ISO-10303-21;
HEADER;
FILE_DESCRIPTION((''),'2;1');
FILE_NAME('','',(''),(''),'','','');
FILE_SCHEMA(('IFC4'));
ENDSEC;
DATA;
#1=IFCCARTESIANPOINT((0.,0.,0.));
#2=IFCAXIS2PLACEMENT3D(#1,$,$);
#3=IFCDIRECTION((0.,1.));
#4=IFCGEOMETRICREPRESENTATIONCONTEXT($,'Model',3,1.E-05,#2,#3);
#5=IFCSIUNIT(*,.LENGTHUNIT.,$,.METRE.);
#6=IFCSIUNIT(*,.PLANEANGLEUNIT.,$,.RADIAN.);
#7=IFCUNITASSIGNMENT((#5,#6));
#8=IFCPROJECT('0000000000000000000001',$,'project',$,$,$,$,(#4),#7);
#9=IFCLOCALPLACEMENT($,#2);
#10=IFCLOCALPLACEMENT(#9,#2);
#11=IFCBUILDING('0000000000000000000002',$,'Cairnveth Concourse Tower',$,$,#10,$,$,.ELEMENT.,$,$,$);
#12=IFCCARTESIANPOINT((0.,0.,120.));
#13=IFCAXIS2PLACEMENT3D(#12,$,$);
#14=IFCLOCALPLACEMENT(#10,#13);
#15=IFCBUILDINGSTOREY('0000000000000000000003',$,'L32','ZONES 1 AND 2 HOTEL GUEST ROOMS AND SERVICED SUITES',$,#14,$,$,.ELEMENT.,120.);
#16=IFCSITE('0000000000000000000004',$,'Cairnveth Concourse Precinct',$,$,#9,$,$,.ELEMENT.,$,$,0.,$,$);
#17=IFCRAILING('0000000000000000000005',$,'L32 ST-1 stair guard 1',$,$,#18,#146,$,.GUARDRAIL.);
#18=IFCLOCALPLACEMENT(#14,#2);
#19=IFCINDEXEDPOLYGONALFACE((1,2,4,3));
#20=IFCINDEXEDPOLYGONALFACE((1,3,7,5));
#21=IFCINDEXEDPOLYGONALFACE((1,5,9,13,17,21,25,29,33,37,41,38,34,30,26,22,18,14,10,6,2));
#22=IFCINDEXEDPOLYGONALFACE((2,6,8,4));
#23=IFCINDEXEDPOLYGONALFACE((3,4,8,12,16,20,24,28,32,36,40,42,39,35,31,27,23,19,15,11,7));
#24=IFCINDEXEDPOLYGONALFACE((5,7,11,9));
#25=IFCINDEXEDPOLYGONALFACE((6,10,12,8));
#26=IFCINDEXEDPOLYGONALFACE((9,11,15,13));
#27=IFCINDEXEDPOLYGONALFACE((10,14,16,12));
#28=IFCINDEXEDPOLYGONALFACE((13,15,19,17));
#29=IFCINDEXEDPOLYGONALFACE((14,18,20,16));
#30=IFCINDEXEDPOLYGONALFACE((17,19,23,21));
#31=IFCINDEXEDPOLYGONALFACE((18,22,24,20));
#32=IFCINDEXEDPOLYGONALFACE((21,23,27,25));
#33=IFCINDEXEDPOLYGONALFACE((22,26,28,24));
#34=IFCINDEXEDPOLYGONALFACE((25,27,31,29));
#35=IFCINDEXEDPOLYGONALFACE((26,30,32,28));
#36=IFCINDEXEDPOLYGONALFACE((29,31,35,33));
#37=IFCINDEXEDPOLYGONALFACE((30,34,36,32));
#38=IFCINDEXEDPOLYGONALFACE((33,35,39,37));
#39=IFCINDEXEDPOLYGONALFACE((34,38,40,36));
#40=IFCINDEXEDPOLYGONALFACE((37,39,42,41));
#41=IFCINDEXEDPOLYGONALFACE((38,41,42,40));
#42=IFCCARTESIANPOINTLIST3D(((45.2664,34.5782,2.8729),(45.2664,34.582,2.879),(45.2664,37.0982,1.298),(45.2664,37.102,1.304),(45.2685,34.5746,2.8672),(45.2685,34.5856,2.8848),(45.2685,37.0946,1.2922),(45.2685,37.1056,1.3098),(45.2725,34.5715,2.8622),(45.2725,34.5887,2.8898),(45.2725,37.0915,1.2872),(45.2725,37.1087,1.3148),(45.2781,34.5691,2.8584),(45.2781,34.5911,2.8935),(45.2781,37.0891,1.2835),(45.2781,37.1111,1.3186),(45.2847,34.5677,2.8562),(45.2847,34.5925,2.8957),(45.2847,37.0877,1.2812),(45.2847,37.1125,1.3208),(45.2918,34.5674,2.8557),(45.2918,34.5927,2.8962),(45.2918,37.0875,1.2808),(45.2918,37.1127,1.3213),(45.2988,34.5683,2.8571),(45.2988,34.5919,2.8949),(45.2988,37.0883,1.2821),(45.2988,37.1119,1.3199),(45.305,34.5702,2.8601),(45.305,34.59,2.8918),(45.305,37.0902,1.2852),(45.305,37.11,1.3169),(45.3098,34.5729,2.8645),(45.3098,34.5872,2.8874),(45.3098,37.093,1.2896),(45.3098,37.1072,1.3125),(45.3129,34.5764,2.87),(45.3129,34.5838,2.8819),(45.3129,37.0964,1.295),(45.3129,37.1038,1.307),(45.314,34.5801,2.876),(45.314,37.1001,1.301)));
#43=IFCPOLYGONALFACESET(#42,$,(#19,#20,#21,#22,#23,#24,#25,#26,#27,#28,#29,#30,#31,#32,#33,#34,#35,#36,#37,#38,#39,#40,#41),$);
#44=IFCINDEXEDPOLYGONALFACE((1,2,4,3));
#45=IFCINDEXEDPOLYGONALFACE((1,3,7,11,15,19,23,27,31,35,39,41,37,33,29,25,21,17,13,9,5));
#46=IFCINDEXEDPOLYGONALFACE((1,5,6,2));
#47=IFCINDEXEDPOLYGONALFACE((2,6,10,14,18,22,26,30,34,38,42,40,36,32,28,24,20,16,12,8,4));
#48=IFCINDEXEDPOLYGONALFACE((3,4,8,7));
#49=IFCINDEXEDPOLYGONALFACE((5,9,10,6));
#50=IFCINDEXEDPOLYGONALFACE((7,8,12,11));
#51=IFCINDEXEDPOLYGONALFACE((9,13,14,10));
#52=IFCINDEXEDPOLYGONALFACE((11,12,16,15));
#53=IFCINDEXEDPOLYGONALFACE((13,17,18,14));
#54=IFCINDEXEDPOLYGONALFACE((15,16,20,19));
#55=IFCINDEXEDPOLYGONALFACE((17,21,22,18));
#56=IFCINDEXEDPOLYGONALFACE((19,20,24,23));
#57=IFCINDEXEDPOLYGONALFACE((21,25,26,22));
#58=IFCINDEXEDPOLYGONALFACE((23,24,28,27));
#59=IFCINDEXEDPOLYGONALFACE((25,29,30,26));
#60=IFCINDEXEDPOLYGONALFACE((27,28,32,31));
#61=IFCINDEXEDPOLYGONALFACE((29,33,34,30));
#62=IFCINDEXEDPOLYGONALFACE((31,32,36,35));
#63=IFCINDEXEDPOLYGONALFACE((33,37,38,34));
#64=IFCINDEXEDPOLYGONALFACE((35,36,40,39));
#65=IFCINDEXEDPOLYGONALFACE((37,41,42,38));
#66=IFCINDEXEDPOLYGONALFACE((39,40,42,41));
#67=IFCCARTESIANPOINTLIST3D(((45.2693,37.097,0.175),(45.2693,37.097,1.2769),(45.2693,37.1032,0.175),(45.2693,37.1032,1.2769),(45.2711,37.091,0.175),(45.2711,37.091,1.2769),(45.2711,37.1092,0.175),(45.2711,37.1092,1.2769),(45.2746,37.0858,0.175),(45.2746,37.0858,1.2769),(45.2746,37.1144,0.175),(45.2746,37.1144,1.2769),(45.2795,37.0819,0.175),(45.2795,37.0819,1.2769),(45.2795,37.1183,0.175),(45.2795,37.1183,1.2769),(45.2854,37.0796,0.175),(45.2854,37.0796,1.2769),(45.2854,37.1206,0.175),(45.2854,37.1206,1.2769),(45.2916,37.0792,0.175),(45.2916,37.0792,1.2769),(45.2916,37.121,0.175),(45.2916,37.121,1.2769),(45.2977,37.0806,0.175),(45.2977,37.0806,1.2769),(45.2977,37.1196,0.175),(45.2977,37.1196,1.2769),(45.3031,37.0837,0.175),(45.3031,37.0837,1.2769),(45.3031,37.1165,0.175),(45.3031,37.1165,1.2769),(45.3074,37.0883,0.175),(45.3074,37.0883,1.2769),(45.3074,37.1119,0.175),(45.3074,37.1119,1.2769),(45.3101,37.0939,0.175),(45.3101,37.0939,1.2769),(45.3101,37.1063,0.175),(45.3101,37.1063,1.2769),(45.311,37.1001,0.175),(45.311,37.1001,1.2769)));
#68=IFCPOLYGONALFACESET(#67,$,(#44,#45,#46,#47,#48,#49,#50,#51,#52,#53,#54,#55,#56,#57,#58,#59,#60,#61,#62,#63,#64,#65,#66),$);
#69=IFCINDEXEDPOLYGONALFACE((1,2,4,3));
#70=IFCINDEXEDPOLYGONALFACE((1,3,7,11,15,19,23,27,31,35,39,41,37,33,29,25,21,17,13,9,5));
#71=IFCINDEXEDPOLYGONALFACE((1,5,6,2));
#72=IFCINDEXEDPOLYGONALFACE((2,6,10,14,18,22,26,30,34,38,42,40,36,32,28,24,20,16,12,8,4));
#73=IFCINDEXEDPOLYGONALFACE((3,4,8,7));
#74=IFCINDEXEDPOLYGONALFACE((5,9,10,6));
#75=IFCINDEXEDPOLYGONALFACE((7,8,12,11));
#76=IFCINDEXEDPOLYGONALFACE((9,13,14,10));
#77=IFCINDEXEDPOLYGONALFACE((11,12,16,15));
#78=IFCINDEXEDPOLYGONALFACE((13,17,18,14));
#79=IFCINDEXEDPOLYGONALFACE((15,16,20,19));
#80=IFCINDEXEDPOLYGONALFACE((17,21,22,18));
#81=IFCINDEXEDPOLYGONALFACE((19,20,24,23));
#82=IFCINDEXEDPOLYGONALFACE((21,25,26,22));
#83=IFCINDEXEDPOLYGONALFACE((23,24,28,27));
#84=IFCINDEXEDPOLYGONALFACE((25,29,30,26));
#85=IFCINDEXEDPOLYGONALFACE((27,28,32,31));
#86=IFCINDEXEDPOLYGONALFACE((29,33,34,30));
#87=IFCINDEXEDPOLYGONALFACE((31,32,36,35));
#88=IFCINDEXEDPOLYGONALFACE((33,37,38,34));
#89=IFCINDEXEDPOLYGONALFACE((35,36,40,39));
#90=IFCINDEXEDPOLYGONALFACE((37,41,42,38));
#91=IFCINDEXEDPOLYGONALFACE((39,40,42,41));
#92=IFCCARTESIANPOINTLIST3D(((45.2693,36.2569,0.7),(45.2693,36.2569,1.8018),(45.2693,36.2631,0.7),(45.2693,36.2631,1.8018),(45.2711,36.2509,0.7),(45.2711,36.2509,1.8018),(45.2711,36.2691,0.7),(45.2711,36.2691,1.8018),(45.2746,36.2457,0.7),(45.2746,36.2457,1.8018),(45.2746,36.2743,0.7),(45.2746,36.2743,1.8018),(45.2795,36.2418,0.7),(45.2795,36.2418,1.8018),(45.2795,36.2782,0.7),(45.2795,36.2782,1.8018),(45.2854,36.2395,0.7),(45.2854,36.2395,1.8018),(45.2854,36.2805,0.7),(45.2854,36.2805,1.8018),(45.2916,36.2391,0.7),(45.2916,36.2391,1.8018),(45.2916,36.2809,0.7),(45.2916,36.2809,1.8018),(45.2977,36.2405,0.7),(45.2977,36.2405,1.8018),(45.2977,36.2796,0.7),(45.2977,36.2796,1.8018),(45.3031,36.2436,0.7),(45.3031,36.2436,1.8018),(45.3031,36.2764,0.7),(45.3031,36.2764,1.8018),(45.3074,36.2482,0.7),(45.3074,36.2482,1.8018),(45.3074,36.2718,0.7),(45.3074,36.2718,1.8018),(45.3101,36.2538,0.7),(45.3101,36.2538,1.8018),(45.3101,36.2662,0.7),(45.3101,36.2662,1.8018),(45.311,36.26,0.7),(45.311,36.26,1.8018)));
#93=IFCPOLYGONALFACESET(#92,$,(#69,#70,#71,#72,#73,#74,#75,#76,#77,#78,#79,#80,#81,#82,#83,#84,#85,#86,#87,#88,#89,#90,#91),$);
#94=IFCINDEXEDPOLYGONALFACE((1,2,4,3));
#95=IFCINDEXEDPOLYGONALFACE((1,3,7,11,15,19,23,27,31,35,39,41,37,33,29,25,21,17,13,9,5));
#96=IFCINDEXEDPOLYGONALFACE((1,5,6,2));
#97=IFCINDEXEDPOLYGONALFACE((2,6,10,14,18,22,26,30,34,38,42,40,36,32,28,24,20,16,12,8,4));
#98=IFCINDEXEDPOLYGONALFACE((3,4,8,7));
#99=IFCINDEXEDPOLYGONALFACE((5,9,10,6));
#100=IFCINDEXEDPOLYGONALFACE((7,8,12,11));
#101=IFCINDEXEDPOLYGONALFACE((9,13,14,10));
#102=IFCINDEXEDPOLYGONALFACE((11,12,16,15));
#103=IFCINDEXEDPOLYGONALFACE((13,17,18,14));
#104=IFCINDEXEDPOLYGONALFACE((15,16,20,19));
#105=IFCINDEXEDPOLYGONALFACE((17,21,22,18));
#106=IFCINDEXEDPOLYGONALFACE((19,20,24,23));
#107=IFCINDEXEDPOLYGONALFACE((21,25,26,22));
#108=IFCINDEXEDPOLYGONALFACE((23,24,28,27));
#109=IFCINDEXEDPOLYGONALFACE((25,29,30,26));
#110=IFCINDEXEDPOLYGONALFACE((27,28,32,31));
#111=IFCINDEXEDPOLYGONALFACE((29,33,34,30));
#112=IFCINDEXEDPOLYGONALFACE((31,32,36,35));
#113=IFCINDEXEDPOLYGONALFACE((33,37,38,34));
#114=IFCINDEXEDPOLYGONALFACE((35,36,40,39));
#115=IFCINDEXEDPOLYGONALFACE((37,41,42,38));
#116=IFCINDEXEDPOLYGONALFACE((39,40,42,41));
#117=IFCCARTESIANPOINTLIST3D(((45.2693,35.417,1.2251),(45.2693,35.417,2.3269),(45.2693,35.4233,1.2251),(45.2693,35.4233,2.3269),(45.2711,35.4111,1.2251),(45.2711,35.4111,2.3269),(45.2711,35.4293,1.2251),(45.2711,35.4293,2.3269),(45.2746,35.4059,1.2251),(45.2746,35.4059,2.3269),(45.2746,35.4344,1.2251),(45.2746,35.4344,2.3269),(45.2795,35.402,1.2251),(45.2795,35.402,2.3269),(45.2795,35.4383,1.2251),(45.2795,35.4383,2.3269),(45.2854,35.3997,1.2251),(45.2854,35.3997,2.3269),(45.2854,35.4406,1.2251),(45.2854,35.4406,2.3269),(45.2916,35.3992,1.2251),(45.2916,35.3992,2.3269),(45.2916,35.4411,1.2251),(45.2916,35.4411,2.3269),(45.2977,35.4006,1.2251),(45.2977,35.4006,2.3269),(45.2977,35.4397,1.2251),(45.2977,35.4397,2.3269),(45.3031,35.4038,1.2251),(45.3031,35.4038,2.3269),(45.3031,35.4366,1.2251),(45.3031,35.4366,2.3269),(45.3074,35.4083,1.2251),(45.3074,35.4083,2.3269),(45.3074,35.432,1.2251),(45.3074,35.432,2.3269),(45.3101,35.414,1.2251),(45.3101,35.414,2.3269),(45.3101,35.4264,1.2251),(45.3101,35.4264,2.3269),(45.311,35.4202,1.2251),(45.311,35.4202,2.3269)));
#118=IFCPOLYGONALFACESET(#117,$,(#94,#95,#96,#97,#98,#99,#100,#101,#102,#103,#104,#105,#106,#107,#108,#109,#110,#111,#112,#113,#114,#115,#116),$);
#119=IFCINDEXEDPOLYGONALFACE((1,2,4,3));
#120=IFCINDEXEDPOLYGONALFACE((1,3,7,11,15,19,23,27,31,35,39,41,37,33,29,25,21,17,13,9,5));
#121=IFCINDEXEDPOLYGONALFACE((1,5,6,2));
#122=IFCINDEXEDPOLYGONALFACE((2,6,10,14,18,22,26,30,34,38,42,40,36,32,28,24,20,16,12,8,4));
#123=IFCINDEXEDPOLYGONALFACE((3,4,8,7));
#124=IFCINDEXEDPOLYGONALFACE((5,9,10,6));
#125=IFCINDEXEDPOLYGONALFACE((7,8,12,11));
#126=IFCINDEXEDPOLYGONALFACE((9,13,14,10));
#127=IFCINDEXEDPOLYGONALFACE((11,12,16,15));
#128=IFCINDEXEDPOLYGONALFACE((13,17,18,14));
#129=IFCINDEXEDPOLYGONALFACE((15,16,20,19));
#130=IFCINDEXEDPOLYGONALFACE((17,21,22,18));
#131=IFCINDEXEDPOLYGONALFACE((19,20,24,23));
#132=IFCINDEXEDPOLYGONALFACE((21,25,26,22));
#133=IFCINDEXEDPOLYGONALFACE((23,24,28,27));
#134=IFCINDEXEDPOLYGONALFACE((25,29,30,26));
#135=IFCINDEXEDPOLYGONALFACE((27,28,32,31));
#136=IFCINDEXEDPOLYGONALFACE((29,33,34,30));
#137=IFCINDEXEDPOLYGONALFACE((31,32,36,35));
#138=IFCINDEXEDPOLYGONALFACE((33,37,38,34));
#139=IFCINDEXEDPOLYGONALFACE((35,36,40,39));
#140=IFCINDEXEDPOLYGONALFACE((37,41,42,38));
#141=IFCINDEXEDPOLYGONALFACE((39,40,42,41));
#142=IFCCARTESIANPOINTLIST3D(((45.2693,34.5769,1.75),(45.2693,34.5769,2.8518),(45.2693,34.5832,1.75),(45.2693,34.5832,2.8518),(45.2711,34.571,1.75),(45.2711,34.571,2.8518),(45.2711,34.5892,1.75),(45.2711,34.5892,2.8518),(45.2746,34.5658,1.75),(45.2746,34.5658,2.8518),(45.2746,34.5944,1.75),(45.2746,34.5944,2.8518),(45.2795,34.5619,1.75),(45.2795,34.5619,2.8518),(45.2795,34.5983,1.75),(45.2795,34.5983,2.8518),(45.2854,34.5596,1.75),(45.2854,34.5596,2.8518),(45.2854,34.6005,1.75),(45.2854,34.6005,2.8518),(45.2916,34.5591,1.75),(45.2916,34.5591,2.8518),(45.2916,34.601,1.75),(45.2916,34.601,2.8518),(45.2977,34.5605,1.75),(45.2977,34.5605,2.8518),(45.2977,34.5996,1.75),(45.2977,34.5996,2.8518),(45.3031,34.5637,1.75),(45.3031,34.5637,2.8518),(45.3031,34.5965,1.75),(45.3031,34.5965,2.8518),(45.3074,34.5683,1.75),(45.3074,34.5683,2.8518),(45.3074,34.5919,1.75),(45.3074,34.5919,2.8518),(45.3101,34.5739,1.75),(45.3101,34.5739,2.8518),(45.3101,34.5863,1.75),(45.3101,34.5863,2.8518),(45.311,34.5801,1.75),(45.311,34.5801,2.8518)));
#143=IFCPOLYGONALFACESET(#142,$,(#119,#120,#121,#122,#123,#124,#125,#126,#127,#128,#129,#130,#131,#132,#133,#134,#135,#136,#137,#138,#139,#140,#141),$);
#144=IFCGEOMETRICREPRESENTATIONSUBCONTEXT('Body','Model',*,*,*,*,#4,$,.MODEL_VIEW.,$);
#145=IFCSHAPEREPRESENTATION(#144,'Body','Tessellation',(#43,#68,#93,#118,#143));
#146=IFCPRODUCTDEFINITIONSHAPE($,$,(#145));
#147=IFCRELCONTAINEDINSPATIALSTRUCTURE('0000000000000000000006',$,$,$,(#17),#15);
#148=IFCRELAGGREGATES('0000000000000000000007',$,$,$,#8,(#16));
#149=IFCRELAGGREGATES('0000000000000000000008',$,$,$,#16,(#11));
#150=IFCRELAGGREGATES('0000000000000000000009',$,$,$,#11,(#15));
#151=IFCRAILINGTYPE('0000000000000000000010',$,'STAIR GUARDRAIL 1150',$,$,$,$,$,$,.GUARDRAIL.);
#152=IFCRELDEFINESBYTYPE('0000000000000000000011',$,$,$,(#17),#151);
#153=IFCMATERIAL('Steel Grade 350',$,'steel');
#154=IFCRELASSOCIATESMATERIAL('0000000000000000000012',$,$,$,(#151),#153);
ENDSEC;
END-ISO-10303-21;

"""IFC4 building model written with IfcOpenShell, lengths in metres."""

from ifc_helpers import new_model, si_unit, direction, frame, origin, origin_2d, place, context, subcontext, project, spatial, circle, extrude, material, type_object, element, save


model = new_model("IFC4")

# Units and contexts
model_context = context("Model", 3, precision=1e-05, world=origin(), true_north=direction((0.0, 1.0)))
body_context = subcontext(model_context, "Body", "Model", "MODEL_VIEW")
ifc_project = project(units=[si_unit("LENGTHUNIT", "METRE"), si_unit("PLANEANGLEUNIT", "RADIAN")], contexts=[model_context])

# Site, building, storey
site_placement = place(None, origin())
site = spatial("IfcSite", under=ifc_project, at=site_placement, Name="Cairnveth Concourse Precinct", CompositionType="ELEMENT", RefElevation=0.0)
building_placement = place(site_placement, origin())
building = spatial("IfcBuilding", under=site, at=building_placement, Name="Cairnveth Concourse Tower", CompositionType="ELEMENT")
storey_placement = place(building_placement, frame((0.0, 0.0, 120.0)))
storey = spatial("IfcBuildingStorey", under=building, at=storey_placement, Name="L32", Description="ZONES 1 AND 2 HOTEL GUEST ROOMS AND SERVICED SUITES", CompositionType="ELEMENT", Elevation=120.0)

# Shared definitions
ifc_material_1 = material(Name="Steel Grade 350", Category="steel")

# Railing
railing_type_1 = type_object("IfcRailingType", Name="STAIR GUARDRAIL 1150", PredefinedType="GUARDRAIL", material=ifc_material_1)
railing_1_placement = place(storey_placement, frame((45.29, 37.1001, 0.175)))
element("IfcRailing", 1, at=railing_1_placement, inside=storey, type_object=railing_type_1, Name="L32 ST-1 stair guard 1", PredefinedType="GUARDRAIL", context=body_context, shape_type="SweptSolid", body=[
    extrude(circle(Radius=0.0239, at=origin_2d()), frame((0.0, 0.0, 1.126), z_axis=(0.0, -0.848008, 0.529984), x_axis=(1.0, 0.0, 0.0)), (0.0, 0.0, 1.0), 2.9717),
    extrude(circle(Radius=0.021, at=origin_2d()), origin(), (0.0, 0.0, 1.0), 1.1018),
    extrude(circle(Radius=0.021, at=origin_2d()), frame((0.0, -0.8401, 0.5249)), (0.0, 0.0, 1.0), 1.1018),
    extrude(circle(Radius=0.021, at=origin_2d()), frame((0.0, -1.6799, 1.05)), (0.0, 0.0, 1.0), 1.1018),
    extrude(circle(Radius=0.021, at=origin_2d()), frame((0.0, -2.52, 1.575)), (0.0, 0.0, 1.0), 1.1018),
])

save(model, "model.ifc")
